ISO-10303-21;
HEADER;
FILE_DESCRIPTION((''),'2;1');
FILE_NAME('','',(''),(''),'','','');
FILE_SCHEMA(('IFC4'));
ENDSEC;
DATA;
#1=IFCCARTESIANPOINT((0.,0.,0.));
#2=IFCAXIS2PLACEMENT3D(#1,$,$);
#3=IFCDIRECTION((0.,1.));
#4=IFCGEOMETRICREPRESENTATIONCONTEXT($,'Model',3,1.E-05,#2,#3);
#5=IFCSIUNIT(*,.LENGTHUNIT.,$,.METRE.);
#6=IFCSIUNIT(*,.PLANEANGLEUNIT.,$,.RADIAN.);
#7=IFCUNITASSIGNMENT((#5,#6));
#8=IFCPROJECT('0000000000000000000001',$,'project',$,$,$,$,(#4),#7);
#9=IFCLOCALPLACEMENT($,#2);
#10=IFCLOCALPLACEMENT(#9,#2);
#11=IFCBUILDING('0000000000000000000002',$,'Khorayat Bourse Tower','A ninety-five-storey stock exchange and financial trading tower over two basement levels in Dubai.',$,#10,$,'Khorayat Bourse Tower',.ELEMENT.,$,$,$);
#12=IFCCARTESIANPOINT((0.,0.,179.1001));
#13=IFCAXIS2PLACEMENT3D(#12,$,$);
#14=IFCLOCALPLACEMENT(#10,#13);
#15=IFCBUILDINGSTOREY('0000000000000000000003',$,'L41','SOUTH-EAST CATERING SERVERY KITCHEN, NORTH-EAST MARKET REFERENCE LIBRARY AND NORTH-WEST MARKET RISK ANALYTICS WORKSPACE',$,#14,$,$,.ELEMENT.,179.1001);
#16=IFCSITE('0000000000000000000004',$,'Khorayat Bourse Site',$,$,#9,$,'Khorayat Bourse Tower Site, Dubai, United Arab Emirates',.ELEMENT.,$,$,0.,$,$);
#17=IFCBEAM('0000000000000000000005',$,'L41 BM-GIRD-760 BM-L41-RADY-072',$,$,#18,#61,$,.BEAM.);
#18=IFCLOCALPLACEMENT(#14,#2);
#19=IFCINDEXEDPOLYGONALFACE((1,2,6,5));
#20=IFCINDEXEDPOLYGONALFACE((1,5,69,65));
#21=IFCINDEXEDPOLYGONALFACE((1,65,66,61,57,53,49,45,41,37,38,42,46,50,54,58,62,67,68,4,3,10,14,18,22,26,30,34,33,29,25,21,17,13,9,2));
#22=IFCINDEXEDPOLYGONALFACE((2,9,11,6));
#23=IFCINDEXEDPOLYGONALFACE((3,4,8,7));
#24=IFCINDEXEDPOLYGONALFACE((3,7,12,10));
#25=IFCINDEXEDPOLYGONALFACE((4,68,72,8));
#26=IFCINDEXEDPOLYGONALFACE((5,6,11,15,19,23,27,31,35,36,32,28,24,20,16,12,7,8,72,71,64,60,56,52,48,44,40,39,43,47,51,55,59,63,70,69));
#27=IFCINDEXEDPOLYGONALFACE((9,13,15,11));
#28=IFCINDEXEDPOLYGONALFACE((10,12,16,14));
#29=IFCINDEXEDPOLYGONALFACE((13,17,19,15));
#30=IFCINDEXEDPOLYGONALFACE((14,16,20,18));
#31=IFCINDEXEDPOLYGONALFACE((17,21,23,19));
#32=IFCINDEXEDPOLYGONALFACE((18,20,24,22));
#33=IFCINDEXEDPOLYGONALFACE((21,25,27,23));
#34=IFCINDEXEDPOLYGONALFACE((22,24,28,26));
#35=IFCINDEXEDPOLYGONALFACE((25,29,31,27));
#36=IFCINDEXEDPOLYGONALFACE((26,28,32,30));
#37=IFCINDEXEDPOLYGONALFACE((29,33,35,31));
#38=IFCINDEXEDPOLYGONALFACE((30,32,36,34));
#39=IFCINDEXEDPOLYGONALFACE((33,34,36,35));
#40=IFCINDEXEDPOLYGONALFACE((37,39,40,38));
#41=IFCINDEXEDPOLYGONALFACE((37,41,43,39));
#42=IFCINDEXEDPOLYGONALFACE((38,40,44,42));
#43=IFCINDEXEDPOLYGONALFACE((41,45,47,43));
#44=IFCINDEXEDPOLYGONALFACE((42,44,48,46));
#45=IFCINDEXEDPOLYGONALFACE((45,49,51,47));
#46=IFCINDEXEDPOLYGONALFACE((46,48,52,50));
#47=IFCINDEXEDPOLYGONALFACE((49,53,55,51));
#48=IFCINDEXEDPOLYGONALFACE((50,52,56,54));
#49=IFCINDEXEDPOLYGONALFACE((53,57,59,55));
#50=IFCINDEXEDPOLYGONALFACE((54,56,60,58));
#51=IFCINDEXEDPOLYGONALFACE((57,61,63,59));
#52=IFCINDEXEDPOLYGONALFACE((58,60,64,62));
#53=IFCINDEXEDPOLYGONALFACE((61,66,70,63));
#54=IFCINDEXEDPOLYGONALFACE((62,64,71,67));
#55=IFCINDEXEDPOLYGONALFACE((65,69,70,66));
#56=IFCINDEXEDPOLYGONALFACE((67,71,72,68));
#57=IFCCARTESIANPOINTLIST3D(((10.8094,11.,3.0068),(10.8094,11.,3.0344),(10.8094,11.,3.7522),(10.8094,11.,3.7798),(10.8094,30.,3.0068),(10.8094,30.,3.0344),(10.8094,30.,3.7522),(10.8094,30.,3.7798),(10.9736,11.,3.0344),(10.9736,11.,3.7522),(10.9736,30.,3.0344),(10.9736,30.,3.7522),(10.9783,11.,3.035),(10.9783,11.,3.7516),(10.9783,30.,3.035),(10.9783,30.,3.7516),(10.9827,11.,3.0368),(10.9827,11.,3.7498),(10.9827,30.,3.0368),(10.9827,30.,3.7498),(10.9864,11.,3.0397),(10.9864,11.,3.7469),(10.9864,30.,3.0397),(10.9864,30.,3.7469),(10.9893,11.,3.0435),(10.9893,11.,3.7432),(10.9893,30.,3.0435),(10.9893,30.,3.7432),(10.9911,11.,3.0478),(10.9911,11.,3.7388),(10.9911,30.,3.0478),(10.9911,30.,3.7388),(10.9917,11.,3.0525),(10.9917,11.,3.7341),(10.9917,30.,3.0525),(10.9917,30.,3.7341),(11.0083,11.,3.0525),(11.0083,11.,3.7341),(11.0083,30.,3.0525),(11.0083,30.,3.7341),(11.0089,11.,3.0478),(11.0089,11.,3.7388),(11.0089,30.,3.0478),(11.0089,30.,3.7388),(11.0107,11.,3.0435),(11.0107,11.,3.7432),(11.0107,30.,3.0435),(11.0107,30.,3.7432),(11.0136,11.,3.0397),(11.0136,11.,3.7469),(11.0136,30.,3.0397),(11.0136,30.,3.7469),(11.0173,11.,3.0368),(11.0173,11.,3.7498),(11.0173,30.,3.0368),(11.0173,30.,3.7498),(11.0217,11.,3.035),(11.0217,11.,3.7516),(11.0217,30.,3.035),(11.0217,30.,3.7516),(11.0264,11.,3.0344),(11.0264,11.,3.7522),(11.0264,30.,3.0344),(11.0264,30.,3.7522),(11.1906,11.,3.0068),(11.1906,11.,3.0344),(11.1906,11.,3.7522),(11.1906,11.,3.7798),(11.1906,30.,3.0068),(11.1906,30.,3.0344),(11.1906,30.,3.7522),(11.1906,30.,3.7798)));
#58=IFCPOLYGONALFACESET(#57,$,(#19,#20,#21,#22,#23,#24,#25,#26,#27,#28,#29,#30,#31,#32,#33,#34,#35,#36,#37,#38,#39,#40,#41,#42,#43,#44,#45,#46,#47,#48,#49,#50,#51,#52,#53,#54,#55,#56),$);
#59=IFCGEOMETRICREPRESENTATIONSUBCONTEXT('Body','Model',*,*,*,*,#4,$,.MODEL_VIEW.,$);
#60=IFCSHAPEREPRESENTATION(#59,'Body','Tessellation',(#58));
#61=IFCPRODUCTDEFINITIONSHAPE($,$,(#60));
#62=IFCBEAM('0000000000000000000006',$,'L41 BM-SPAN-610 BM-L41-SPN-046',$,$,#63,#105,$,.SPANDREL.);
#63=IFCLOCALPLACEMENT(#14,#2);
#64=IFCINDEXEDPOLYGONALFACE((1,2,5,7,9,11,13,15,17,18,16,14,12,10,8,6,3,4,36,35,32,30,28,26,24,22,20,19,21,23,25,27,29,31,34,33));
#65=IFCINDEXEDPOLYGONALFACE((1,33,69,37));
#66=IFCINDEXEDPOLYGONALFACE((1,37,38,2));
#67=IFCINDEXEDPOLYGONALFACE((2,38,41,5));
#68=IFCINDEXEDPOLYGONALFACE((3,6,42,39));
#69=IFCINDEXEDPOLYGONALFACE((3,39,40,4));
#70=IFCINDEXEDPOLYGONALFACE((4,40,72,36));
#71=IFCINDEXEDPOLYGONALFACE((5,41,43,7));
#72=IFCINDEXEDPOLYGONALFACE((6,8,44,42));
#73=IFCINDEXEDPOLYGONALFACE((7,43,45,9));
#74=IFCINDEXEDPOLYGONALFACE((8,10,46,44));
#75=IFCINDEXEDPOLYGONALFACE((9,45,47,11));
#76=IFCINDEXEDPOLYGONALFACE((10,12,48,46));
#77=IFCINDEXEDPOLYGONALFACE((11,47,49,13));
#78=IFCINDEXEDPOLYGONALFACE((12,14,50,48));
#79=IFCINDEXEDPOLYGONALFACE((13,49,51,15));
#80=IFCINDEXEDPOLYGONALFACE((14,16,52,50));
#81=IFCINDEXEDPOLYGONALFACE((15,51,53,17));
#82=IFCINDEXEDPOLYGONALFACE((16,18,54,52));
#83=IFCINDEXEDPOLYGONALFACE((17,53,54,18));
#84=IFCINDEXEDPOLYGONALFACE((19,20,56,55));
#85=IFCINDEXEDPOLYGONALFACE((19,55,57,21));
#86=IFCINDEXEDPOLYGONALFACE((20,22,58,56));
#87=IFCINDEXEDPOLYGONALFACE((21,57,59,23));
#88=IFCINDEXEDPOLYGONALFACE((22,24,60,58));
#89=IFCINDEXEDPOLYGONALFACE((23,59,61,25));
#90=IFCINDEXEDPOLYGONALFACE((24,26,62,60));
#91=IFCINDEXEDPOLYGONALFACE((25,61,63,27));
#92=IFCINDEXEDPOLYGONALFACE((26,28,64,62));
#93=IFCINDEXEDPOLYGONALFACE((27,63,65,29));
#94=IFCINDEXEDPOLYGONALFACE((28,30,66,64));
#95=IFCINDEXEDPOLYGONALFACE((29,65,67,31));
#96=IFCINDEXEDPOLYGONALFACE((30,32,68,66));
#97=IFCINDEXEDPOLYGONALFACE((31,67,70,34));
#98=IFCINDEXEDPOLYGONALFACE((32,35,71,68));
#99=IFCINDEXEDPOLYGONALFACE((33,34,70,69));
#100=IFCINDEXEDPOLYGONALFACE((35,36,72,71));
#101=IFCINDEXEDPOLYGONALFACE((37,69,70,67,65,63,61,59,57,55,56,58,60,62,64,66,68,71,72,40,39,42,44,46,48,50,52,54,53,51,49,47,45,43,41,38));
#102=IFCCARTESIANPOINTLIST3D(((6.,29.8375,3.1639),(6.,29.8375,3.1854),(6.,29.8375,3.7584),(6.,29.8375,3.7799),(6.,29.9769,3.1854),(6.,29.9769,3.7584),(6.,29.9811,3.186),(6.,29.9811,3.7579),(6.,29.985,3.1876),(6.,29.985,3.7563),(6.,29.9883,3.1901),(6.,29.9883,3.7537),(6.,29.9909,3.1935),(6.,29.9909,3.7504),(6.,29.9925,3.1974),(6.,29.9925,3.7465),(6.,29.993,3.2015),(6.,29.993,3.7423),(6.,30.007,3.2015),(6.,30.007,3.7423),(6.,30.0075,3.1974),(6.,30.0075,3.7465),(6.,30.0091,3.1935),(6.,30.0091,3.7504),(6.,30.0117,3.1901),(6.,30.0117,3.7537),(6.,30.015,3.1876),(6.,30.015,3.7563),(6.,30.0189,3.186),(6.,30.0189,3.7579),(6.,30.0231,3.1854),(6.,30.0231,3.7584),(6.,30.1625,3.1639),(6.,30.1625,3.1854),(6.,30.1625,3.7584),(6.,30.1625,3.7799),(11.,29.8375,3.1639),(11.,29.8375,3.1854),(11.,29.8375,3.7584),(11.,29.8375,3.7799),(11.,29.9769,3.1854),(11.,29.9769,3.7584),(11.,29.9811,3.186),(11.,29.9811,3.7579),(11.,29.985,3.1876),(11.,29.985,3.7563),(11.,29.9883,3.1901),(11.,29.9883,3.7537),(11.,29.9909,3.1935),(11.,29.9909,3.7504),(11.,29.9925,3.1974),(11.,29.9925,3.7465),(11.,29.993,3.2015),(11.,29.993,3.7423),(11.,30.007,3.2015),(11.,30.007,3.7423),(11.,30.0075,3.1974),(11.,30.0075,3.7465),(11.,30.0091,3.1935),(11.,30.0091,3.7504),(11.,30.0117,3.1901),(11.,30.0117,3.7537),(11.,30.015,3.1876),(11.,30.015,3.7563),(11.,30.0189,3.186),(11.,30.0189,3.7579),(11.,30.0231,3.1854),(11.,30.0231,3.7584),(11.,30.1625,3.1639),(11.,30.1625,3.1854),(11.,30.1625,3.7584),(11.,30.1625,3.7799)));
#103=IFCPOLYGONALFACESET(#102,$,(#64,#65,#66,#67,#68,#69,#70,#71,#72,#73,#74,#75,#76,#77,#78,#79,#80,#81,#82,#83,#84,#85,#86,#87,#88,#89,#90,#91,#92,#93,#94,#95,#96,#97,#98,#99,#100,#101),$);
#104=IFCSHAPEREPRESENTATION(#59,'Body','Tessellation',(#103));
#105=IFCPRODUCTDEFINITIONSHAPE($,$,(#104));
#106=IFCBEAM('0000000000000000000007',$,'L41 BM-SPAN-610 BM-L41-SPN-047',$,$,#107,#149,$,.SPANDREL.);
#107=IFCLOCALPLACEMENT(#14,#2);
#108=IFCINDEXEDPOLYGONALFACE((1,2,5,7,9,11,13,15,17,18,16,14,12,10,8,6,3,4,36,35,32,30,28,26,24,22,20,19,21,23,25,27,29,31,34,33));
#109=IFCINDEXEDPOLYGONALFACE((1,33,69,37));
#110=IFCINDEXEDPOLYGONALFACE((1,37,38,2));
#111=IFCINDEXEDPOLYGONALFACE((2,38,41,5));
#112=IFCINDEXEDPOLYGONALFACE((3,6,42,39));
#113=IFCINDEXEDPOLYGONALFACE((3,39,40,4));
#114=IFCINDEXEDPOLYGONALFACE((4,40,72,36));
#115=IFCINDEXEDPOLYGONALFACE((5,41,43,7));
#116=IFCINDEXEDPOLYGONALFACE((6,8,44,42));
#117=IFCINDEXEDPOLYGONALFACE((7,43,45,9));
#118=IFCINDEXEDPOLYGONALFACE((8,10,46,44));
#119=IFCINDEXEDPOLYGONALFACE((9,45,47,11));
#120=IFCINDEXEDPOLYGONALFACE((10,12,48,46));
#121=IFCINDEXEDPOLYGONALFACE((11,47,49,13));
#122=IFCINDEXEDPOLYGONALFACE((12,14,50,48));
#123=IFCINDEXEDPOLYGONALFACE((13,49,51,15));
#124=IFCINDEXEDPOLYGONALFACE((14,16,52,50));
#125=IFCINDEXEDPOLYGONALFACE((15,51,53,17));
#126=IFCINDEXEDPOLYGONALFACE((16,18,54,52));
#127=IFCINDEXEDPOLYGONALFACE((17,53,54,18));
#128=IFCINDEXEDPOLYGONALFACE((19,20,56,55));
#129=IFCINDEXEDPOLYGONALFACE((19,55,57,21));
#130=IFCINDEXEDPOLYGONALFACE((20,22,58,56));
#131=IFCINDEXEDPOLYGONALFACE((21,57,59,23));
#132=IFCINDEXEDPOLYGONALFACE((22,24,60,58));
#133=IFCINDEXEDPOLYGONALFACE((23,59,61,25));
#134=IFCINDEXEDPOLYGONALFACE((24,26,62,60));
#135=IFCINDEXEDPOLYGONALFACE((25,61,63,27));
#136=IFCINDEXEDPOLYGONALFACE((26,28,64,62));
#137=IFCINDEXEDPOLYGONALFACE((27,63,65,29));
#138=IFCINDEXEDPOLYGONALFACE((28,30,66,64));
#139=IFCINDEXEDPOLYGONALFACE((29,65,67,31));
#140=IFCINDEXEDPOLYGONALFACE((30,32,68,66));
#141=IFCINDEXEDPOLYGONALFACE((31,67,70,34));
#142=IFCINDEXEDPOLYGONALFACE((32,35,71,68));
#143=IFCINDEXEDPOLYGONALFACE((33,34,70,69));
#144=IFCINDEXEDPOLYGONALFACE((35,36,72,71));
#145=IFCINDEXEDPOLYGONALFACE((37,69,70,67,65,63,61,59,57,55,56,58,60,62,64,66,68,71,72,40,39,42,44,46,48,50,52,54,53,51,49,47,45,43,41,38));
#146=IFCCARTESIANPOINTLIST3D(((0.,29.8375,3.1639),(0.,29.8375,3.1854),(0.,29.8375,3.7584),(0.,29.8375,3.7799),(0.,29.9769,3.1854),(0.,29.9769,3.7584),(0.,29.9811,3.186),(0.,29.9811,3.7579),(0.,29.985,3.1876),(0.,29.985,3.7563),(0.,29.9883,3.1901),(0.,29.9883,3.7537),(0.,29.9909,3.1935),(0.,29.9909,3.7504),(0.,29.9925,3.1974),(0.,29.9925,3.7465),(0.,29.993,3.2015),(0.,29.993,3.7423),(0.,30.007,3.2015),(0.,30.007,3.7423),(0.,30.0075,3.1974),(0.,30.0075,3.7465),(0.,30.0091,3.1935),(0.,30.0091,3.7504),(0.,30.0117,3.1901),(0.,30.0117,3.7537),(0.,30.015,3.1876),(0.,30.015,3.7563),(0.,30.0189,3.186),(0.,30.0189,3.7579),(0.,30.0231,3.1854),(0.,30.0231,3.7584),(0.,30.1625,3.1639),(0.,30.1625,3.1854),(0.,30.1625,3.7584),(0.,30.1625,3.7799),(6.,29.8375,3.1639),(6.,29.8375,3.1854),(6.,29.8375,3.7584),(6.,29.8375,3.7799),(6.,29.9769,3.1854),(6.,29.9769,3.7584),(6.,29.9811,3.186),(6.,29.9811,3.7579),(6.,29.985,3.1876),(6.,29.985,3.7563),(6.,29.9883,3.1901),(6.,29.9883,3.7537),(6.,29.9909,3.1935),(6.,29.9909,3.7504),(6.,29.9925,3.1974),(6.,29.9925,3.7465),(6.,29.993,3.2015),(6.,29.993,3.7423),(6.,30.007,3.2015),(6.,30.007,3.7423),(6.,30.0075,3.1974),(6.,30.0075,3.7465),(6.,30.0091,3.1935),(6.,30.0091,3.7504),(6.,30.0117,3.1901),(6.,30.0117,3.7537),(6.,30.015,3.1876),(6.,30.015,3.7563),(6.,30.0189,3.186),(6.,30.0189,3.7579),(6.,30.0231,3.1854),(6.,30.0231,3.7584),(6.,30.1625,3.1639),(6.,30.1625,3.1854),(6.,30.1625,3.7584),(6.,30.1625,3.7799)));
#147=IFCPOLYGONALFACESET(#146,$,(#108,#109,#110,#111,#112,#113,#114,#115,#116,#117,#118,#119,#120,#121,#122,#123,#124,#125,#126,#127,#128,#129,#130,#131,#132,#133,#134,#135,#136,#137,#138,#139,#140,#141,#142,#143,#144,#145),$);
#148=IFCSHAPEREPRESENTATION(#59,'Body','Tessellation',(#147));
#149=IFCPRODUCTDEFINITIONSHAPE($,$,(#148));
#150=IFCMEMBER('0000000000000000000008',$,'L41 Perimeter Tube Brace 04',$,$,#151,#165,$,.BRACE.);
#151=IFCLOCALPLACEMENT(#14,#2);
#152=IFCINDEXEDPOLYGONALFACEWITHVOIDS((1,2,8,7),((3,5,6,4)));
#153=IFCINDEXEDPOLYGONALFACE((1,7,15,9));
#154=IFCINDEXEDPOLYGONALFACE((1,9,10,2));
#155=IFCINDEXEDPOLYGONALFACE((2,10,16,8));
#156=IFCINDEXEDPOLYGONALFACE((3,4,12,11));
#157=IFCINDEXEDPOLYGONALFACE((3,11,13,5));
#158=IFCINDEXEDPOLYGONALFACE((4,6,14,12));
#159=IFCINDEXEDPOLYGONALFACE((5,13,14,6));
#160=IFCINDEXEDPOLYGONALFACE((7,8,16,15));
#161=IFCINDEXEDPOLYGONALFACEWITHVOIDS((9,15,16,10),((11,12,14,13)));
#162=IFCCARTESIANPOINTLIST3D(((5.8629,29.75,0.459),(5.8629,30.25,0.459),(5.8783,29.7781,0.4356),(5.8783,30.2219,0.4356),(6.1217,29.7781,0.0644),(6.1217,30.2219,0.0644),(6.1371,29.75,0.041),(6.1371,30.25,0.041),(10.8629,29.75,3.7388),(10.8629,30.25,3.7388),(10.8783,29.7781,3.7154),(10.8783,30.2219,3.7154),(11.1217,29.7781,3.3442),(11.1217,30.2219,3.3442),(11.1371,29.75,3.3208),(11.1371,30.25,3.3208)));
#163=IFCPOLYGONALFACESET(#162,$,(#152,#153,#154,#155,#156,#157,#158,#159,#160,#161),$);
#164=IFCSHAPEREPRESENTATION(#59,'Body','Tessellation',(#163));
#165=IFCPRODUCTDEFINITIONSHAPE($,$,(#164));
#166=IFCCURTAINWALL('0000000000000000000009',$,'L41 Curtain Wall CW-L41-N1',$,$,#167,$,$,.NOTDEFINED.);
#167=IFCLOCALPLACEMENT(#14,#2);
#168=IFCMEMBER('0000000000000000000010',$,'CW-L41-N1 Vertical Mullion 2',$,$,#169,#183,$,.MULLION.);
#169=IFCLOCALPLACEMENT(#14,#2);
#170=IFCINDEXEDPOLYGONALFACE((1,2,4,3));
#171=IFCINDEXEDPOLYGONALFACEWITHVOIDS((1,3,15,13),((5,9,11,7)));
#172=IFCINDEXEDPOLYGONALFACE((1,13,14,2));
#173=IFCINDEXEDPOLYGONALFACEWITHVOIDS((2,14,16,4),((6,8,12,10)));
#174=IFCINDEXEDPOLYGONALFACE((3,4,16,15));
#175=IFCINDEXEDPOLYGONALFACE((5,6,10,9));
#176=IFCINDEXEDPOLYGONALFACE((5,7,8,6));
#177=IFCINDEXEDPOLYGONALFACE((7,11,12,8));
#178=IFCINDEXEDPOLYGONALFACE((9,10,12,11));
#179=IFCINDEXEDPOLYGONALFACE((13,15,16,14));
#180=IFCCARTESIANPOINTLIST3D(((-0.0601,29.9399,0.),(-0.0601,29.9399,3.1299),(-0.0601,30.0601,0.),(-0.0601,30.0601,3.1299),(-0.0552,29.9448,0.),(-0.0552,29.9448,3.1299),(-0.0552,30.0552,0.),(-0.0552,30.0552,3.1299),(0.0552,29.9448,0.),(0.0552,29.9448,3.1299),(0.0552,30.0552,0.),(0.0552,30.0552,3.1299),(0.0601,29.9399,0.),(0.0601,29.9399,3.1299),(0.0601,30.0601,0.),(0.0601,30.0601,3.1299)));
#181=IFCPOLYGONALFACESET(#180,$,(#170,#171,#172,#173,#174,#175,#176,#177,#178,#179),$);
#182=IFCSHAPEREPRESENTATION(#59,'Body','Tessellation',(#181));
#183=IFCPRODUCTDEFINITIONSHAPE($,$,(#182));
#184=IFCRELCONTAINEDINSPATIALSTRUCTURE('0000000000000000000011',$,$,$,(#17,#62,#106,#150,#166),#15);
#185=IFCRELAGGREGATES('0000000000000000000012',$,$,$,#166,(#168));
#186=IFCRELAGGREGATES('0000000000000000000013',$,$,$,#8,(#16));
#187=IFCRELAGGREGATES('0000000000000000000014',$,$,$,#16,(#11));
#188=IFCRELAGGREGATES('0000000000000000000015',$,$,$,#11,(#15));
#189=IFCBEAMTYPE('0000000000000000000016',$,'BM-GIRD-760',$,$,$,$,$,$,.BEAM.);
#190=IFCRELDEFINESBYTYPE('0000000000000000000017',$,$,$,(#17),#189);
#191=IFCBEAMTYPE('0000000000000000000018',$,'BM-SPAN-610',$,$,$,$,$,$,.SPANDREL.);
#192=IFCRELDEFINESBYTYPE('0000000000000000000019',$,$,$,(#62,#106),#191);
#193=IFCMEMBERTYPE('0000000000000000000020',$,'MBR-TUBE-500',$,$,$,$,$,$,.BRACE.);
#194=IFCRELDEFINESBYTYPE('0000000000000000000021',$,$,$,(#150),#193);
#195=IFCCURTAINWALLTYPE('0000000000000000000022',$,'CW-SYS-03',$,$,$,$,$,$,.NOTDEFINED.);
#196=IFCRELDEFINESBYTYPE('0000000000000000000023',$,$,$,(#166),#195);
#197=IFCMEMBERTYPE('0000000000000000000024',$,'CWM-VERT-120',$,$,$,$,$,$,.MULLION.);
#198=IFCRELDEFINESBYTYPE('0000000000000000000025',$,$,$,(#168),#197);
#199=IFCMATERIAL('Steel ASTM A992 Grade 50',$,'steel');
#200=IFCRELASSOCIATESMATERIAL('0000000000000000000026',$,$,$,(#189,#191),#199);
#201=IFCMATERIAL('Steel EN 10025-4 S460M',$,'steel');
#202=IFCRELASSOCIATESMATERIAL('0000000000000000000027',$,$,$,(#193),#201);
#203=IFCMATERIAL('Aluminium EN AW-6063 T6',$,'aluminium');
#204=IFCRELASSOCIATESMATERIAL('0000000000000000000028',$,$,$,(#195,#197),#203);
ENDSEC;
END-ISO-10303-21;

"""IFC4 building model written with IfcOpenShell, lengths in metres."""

from ifc_helpers import new_model, si_unit, direction, frame, origin, origin_2d, place, context, subcontext, project, spatial, hollow_rectangle, i_section, extrude, source, transform, mapped, material, material_profile, profile_set, type_object, element, aggregate, save


model = new_model("IFC4")

# Units and contexts
model_context = context("Model", 3, precision=1e-05, world=origin(), true_north=direction((0.0, 1.0)))
body_context = subcontext(model_context, "Body", "Model", "MODEL_VIEW")
ifc_project = project(units=[si_unit("LENGTHUNIT", "METRE"), si_unit("PLANEANGLEUNIT", "RADIAN")], contexts=[model_context])

# Site, building, storey
site_placement = place(None, origin())
site = spatial("IfcSite", under=ifc_project, at=site_placement, Name="Khorayat Bourse Site", LongName="Khorayat Bourse Tower Site, Dubai, United Arab Emirates", CompositionType="ELEMENT", RefElevation=0.0)
building_placement = place(site_placement, origin())
building = spatial("IfcBuilding", under=site, at=building_placement, Name="Khorayat Bourse Tower", Description="A ninety-five-storey stock exchange and financial trading tower over two basement levels in Dubai.", LongName="Khorayat Bourse Tower", CompositionType="ELEMENT")
storey_placement = place(building_placement, frame((0.0, 0.0, 179.1001)))
storey = spatial("IfcBuildingStorey", under=building, at=storey_placement, Name="L41", Description="SOUTH-EAST CATERING SERVERY KITCHEN, NORTH-EAST MARKET REFERENCE LIBRARY AND NORTH-WEST MARKET RISK ANALYTICS WORKSPACE", CompositionType="ELEMENT", Elevation=179.1001)

# Shared definitions
ifc_material_1 = material(Name="Steel EN 10025-4 S460M", Category="steel")

# Beams
ifc_material_2 = material(Name="Steel ASTM A992 Grade 50", Category="steel")
ifc_material_profile_1 = material_profile(ifc_material_2, i_section(OverallWidth=0.3811, OverallDepth=0.7729, WebThickness=0.0166, FlangeThickness=0.0276, FilletRadius=0.0181, at=origin_2d()), Name="W760X257")
ifc_profile_set_1 = profile_set([ifc_material_profile_1], Name="Steel ASTM A992 Grade 50")
beam_type_1 = type_object("IfcBeamType", Name="BM-GIRD-760", PredefinedType="BEAM", material=ifc_profile_set_1)
shared_shape_1 = source(origin(), body_context, "Body", "SweptSolid", [
    extrude(i_section(OverallWidth=0.3811, OverallDepth=0.7729, WebThickness=0.0166, FlangeThickness=0.0276, FilletRadius=0.0181, at=origin_2d()), origin(), (0.0, 0.0, 1.0), 19.0),
])
for number, where, z_axis, x_axis, name in (
    (1, (11.0, 11.0, 3.3933), (0.0, 1.0, 0.0), (-1.0, 0.0, 0.0), "L41 BM-GIRD-760 BM-L41-RADY-072"),
):
    element("IfcBeam", number, at=place(storey_placement, frame(where, z_axis=z_axis, x_axis=x_axis)), inside=storey, type_object=beam_type_1, Name=name, PredefinedType="BEAM", context=body_context, shape_type="MappedRepresentation", body=[
        mapped(shared_shape_1, transform((0.0, 0.0, 0.0), scale=1.0)),
    ])
ifc_material_profile_2 = material_profile(ifc_material_2, i_section(OverallWidth=0.325, OverallDepth=0.616, WebThickness=0.0139, FlangeThickness=0.0215, FilletRadius=0.0161, at=origin_2d()), Name="W610X174")
ifc_profile_set_2 = profile_set([ifc_material_profile_2], Name="Steel ASTM A992 Grade 50")
beam_type_2 = type_object("IfcBeamType", Name="BM-SPAN-610", PredefinedType="SPANDREL", material=ifc_profile_set_2)
shared_shape_2 = source(origin(), body_context, "Body", "SweptSolid", [
    extrude(i_section(OverallWidth=0.325, OverallDepth=0.616, WebThickness=0.0139, FlangeThickness=0.0215, FilletRadius=0.0161, at=origin_2d()), origin(), (0.0, 0.0, 1.0), 5.0),
])
beam_1_placement = place(storey_placement, frame((6.0, 30.0, 3.4719), z_axis=(1.0, 0.0, 0.0), x_axis=(0.0, 1.0, 0.0)))
element("IfcBeam", 2, at=beam_1_placement, inside=storey, type_object=beam_type_2, Name="L41 BM-SPAN-610 BM-L41-SPN-046", PredefinedType="SPANDREL", context=body_context, shape_type="MappedRepresentation", body=[
    mapped(shared_shape_2, transform((0.0, 0.0, 0.0), scale=1.0)),
])
shared_shape_3 = source(origin(), body_context, "Body", "SweptSolid", [
    extrude(i_section(OverallWidth=0.325, OverallDepth=0.616, WebThickness=0.0139, FlangeThickness=0.0215, FilletRadius=0.0161, at=origin_2d()), origin(), (0.0, 0.0, 1.0), 6.0),
])
beam_2_placement = place(storey_placement, frame((0.0, 30.0, 3.4719), z_axis=(1.0, 0.0, 0.0), x_axis=(0.0, 1.0, 0.0)))
element("IfcBeam", 3, at=beam_2_placement, inside=storey, type_object=beam_type_2, Name="L41 BM-SPAN-610 BM-L41-SPN-047", PredefinedType="SPANDREL", context=body_context, shape_type="MappedRepresentation", body=[
    mapped(shared_shape_3, transform((0.0, 0.0, 0.0), scale=1.0)),
])

# Member
ifc_material_profile_3 = material_profile(ifc_material_1, hollow_rectangle(XDim=0.5, YDim=0.5, WallThickness=0.0281, at=origin_2d()), Name="HSS 500x500x28")
ifc_profile_set_3 = profile_set([ifc_material_profile_3], Name="Steel EN 10025-4 S460M")
member_type_1 = type_object("IfcMemberType", Name="MBR-TUBE-500", PredefinedType="BRACE", material=ifc_profile_set_3)
shared_shape_4 = source(origin(), body_context, "Body", "SweptSolid", [
    extrude(hollow_rectangle(XDim=0.5, YDim=0.5, WallThickness=0.0281, at=origin_2d()), origin(), (0.0, 0.0, 1.0), 5.9797),
])
member_1_placement = place(storey_placement, frame((6.0, 30.0, 0.25), z_axis=(0.83616, 0.0, 0.548485), x_axis=(0.0, 1.0, 0.0)))
element("IfcMember", 4, at=member_1_placement, inside=storey, type_object=member_type_1, Name="L41 Perimeter Tube Brace 04", PredefinedType="BRACE", context=body_context, shape_type="MappedRepresentation", body=[
    mapped(shared_shape_4, transform((0.0, 0.0, 0.0), scale=1.0)),
])

# Curtain wall, member
ifc_material_3 = material(Name="Aluminium EN AW-6063 T6", Category="aluminium")
curtain_wall_type = type_object("IfcCurtainWallType", Name="CW-SYS-03", PredefinedType="NOTDEFINED", material=ifc_material_3)
curtain_wall_placement = place(storey_placement, origin())
curtain_wall = element("IfcCurtainWall", 5, at=curtain_wall_placement, inside=storey, type_object=curtain_wall_type, Name="L41 Curtain Wall CW-L41-N1", PredefinedType="NOTDEFINED")
ifc_material_profile_4 = material_profile(ifc_material_3, hollow_rectangle(XDim=0.1201, YDim=0.1201, WallThickness=0.0049, at=origin_2d()), Name="ALU 120x120x5")
ifc_profile_set_4 = profile_set([ifc_material_profile_4], Name="Aluminium EN AW-6063 T6")
member_type_2 = type_object("IfcMemberType", Name="CWM-VERT-120", PredefinedType="MULLION", material=ifc_profile_set_4)
shared_shape_5 = source(origin(), body_context, "Body", "SweptSolid", [
    extrude(hollow_rectangle(XDim=0.1201, YDim=0.1201, WallThickness=0.0049, at=origin_2d()), origin(), (0.0, 0.0, 1.0), 3.1299),
])
member_2_placement = place(storey_placement, frame((0.0, 30.0, 0.0), z_axis=(0.0, 0.0, 1.0), x_axis=(0.0, 1.0, 0.0)))
member_2 = element("IfcMember", 6, at=member_2_placement, type_object=member_type_2, Name="CW-L41-N1 Vertical Mullion 2", PredefinedType="MULLION", context=body_context, shape_type="MappedRepresentation", body=[
    mapped(shared_shape_5, transform((0.0, 0.0, 0.0), scale=1.0)),
])
aggregate(curtain_wall, [member_2])

save(model, "model.ifc")
